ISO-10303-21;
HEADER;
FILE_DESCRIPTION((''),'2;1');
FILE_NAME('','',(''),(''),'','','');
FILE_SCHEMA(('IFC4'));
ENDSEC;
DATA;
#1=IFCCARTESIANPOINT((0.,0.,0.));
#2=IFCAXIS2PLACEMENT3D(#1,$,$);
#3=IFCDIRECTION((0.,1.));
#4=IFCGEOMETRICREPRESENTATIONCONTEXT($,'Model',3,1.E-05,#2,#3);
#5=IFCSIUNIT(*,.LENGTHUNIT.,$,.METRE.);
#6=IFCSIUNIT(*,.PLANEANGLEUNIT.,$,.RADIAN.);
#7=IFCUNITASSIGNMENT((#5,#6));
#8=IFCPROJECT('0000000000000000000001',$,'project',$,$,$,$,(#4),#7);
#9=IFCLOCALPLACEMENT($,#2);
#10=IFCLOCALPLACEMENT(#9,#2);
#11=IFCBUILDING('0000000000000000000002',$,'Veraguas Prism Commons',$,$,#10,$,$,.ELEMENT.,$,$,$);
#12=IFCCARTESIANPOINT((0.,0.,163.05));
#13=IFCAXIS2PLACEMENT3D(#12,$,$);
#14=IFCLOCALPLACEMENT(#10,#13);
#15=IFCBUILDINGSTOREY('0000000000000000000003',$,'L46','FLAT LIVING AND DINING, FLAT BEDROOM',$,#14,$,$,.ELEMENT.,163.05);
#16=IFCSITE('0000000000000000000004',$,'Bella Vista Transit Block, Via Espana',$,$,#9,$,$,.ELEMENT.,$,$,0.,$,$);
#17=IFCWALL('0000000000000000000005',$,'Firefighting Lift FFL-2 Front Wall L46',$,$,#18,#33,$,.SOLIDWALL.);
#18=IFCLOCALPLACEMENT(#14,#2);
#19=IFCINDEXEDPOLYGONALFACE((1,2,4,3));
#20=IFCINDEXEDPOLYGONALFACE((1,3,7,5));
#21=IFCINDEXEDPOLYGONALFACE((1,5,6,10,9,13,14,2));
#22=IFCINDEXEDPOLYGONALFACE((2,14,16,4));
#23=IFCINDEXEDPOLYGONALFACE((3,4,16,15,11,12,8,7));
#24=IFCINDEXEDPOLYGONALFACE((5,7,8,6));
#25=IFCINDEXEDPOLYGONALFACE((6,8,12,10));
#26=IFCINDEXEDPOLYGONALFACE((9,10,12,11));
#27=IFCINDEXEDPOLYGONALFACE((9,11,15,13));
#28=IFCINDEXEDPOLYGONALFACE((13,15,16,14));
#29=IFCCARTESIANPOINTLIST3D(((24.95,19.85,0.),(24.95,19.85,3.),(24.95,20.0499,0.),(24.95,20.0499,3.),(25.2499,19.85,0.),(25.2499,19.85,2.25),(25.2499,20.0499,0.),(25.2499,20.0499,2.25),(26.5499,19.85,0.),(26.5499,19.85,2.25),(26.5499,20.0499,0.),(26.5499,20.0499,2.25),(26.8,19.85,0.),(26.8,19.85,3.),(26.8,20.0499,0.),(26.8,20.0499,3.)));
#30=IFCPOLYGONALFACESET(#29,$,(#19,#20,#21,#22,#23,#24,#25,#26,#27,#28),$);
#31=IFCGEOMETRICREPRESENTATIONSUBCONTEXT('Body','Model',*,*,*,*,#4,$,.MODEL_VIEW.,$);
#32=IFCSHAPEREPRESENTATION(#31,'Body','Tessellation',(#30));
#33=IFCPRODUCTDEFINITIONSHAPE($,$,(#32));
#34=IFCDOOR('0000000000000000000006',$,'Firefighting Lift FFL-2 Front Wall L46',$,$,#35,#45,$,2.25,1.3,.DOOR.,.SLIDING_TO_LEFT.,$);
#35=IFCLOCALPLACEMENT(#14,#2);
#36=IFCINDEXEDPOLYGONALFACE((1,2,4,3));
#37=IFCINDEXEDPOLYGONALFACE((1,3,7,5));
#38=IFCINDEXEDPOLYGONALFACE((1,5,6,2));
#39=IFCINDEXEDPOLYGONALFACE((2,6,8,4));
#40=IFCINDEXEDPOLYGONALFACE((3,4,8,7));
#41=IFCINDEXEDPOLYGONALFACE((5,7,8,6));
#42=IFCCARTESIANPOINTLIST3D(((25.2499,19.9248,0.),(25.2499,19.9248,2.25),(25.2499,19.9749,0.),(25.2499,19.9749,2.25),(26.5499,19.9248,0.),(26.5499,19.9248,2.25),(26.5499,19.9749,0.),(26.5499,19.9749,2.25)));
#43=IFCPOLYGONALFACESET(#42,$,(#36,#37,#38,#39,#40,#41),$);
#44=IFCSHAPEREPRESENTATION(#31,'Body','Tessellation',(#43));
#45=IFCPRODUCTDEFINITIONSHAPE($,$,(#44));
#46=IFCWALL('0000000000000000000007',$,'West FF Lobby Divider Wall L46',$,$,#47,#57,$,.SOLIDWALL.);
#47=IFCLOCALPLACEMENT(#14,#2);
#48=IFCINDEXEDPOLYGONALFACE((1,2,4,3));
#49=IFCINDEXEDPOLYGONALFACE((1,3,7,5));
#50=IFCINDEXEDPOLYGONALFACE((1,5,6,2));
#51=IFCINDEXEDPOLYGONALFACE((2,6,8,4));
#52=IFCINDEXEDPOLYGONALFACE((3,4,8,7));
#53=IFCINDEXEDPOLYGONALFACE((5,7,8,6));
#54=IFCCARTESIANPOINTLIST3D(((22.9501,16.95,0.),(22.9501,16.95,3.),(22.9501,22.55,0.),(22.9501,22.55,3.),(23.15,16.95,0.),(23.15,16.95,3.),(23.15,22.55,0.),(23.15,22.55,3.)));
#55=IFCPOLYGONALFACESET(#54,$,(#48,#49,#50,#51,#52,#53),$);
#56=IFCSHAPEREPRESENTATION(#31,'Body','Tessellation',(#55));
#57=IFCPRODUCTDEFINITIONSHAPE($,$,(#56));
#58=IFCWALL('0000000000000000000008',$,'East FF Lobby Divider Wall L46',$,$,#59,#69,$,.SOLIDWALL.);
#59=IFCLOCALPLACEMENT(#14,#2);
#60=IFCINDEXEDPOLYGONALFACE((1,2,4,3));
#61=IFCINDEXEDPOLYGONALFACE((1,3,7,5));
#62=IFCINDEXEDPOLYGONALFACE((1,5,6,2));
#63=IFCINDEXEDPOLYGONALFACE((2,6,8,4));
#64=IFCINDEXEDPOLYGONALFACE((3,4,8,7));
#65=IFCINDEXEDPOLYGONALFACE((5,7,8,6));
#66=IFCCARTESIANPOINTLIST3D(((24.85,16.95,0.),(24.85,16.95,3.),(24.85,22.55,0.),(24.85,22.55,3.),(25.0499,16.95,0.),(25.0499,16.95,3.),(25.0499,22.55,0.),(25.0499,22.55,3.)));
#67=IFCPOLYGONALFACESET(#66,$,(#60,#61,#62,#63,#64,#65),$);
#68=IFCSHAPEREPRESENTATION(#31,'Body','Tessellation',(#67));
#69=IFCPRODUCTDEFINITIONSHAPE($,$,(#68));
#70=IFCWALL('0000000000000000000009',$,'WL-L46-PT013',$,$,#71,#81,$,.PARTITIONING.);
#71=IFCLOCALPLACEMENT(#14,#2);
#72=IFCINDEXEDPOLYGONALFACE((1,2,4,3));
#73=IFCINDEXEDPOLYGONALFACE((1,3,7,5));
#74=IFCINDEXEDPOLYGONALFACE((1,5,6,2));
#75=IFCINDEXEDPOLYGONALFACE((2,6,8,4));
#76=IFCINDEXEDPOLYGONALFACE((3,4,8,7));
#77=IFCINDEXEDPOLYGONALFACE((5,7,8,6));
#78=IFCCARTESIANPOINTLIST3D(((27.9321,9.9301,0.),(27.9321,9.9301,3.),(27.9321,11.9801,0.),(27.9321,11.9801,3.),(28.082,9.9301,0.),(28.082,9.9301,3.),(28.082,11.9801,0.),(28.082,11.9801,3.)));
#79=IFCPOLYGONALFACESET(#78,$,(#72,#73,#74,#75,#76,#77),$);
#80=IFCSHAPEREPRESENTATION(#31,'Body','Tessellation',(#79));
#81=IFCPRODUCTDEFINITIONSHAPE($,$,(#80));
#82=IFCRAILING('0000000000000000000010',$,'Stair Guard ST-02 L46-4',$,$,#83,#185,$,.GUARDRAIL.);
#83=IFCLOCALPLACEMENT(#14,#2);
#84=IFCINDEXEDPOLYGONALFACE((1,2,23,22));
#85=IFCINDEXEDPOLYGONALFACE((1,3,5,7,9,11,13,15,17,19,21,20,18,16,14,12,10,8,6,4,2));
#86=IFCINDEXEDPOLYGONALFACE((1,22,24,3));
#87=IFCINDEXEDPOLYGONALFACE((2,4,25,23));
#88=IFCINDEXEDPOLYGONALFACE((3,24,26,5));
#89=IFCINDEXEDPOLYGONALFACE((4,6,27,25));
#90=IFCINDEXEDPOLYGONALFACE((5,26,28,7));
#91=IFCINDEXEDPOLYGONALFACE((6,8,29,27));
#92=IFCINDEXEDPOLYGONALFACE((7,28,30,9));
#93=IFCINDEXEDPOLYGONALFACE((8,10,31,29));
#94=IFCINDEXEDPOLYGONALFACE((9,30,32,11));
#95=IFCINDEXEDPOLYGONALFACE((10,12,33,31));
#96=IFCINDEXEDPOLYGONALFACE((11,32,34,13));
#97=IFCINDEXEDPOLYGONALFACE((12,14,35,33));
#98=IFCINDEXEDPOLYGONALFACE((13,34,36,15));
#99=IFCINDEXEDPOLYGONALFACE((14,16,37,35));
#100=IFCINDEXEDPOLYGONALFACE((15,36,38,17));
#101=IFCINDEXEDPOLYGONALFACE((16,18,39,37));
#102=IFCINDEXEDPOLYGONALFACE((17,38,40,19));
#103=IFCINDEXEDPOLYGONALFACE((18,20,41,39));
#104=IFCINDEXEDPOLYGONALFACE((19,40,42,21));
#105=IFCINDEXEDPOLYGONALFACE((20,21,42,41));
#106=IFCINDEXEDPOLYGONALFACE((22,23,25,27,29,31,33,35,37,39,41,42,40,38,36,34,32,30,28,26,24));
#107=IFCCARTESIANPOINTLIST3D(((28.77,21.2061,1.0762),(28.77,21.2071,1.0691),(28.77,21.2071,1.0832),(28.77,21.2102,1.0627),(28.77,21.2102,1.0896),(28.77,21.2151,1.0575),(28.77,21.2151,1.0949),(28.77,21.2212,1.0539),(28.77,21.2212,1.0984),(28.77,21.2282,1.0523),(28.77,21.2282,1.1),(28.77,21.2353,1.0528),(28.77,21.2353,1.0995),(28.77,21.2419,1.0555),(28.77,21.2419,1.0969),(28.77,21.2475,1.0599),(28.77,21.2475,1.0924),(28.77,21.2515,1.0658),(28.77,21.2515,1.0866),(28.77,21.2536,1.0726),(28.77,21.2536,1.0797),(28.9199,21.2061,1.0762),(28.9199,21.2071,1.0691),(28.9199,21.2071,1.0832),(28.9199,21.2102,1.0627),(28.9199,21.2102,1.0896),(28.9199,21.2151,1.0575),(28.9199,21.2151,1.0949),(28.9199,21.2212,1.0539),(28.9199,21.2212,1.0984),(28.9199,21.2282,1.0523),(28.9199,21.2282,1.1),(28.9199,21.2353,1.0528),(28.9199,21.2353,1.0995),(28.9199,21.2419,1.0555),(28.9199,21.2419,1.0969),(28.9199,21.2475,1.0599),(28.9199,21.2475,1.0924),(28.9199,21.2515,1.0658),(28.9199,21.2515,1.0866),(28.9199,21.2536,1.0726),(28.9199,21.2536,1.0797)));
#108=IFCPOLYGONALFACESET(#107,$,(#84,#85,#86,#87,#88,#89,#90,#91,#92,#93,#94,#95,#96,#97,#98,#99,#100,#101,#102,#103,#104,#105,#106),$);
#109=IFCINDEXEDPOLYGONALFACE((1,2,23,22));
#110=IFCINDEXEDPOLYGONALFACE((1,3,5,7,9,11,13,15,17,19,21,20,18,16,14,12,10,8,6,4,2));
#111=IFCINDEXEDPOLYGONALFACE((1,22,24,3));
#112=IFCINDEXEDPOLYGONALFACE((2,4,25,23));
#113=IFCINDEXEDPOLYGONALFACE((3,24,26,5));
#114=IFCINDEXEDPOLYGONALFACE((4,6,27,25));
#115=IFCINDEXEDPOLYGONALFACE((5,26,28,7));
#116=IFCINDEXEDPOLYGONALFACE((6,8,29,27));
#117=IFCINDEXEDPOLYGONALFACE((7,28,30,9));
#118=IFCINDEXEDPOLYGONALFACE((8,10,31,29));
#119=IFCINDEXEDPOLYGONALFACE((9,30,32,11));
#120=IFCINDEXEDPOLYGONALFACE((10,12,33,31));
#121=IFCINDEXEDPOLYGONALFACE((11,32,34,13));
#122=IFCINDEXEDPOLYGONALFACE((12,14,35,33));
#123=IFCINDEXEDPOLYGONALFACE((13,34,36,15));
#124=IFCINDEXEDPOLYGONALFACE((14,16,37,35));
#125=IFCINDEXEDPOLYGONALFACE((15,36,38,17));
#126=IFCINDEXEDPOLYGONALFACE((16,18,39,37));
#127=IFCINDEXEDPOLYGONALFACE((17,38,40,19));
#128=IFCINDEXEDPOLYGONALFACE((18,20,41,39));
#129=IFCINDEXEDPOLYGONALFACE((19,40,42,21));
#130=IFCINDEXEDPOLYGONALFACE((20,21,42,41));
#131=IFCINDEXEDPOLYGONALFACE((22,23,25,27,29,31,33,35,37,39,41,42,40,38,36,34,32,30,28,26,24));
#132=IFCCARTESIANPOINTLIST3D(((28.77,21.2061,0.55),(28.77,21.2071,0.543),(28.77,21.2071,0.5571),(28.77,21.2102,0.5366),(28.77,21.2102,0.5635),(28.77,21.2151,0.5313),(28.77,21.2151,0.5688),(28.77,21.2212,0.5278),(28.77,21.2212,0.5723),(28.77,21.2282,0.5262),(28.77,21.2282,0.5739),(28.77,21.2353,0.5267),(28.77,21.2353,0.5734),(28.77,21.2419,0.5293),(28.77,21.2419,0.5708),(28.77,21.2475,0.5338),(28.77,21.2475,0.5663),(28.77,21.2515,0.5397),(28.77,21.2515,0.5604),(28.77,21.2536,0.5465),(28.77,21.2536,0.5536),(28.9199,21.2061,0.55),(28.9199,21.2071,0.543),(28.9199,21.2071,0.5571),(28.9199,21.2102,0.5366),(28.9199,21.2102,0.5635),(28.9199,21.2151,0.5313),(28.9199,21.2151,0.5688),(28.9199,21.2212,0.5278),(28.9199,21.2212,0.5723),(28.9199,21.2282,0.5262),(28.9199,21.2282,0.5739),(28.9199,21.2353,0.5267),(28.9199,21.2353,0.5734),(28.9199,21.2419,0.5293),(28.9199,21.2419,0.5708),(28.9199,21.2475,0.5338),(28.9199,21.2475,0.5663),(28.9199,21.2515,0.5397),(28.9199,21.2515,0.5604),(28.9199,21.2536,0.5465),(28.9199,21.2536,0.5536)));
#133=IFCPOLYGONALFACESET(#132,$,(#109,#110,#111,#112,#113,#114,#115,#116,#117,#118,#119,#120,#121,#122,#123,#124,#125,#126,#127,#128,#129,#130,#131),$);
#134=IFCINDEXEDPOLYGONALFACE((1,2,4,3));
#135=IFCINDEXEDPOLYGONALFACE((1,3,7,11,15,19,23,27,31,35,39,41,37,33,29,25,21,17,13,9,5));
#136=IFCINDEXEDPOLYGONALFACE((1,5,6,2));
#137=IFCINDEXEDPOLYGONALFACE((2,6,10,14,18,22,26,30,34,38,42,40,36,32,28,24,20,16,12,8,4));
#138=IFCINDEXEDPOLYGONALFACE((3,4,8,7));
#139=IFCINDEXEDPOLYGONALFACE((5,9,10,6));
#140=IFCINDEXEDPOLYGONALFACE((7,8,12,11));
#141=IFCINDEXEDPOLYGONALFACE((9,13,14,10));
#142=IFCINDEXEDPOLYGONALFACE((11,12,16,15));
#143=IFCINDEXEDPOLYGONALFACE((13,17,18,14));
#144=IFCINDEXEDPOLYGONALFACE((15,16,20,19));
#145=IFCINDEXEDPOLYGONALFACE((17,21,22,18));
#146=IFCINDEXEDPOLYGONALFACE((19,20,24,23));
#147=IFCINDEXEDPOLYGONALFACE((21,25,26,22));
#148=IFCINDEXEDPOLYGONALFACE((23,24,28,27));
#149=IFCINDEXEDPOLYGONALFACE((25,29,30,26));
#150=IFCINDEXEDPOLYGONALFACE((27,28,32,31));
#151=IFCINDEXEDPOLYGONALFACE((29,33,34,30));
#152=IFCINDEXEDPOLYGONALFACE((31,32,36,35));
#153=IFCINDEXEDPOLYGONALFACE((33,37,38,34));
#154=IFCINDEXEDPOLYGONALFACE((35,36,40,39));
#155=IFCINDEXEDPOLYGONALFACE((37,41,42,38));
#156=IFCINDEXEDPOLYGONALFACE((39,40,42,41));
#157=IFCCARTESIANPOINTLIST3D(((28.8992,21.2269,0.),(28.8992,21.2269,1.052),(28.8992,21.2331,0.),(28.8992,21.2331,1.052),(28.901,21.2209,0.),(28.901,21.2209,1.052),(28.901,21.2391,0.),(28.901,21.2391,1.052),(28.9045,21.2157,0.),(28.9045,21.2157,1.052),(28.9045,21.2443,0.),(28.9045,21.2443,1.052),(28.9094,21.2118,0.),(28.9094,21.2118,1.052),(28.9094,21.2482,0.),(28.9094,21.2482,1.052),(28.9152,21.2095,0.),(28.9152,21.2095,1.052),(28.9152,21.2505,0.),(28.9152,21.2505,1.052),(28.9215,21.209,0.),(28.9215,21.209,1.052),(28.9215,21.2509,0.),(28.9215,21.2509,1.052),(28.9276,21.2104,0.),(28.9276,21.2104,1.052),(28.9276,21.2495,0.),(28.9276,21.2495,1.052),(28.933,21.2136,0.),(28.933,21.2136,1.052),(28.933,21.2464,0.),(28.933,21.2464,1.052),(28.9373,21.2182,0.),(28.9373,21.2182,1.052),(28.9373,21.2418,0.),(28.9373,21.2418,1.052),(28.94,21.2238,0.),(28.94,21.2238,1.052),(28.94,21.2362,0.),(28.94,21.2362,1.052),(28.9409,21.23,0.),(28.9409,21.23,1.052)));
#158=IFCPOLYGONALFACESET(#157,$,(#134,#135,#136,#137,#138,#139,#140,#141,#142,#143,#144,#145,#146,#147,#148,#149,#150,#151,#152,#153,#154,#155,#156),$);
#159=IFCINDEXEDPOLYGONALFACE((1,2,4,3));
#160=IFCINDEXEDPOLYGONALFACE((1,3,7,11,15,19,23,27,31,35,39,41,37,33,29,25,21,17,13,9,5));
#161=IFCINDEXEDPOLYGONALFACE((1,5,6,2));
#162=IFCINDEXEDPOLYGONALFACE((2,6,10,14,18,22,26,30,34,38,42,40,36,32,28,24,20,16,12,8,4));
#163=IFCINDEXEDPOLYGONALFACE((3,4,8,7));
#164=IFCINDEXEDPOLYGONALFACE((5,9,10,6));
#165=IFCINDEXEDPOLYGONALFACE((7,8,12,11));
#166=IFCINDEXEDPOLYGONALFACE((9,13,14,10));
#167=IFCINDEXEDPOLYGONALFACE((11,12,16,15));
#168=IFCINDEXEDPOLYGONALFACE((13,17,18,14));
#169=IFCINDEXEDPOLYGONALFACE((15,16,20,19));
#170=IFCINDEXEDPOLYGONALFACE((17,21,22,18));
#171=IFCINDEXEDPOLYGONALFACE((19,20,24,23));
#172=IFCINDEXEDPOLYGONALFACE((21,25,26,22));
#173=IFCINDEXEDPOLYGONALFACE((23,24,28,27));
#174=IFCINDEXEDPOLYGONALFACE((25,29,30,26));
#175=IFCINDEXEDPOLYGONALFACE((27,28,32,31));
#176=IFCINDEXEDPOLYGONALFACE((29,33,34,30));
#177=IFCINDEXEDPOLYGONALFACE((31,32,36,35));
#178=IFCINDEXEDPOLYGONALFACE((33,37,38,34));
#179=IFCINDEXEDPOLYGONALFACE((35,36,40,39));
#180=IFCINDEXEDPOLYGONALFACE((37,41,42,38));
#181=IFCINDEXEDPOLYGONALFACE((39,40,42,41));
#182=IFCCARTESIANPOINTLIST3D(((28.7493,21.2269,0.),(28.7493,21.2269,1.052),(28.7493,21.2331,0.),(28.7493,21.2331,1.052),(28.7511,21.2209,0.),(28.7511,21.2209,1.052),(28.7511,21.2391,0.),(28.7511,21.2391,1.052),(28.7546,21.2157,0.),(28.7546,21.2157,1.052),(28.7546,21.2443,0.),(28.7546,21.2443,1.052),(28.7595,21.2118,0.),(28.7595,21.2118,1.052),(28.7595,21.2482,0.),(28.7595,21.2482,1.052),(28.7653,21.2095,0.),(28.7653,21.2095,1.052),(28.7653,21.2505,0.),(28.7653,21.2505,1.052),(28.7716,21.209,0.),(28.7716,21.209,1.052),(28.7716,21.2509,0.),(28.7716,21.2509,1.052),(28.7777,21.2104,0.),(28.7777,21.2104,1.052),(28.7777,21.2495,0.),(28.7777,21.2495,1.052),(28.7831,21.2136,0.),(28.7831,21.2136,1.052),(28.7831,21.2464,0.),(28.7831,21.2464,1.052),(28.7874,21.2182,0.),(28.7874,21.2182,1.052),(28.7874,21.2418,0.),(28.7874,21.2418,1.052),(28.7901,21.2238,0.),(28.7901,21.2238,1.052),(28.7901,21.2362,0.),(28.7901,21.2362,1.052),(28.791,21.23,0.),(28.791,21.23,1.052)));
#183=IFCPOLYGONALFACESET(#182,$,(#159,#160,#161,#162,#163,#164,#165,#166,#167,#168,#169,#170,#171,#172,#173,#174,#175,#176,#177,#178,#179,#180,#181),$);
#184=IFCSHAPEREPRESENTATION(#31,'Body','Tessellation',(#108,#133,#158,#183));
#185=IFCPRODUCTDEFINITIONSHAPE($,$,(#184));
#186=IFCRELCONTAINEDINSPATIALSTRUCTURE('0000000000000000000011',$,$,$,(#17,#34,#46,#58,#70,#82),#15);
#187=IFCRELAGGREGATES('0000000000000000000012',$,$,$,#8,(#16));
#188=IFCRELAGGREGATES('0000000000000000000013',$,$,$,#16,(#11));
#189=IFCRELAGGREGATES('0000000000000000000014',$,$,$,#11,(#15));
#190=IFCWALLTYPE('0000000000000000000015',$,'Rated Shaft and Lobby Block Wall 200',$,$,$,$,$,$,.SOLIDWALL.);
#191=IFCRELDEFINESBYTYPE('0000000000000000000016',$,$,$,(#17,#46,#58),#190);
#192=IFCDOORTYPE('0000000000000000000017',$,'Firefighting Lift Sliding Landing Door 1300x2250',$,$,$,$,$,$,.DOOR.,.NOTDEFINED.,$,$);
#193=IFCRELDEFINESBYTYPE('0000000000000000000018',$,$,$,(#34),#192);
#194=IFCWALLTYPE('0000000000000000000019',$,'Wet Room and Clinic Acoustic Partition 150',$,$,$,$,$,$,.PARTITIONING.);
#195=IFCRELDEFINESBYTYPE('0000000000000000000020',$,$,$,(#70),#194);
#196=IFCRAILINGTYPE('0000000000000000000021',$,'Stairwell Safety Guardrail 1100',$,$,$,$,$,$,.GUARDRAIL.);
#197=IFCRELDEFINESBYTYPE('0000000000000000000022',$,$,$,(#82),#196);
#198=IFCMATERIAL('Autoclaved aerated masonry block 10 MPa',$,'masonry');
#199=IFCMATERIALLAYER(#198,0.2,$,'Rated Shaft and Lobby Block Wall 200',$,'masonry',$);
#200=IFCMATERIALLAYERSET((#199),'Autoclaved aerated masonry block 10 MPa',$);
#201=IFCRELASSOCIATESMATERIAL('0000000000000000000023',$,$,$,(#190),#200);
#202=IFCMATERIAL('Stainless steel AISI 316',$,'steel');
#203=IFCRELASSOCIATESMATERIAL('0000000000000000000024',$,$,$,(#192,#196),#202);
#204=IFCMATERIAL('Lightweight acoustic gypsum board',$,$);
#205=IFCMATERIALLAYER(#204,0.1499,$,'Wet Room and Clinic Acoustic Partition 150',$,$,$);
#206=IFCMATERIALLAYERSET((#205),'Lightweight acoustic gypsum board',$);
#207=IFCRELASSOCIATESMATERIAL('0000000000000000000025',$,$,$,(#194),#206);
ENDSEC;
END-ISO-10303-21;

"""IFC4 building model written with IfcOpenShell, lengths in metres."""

from ifc_helpers import new_model, si_unit, direction, frame, frame_2d, origin, origin_2d, place, context, subcontext, project, spatial, rectangle, circle, extrude, source, transform, mapped, material, layer, layer_set, type_object, element, fill, save


model = new_model("IFC4")

# Units and contexts
model_context = context("Model", 3, precision=1e-05, world=origin(), true_north=direction((0.0, 1.0)))
body_context = subcontext(model_context, "Body", "Model", "MODEL_VIEW")
ifc_project = project(units=[si_unit("LENGTHUNIT", "METRE"), si_unit("PLANEANGLEUNIT", "RADIAN")], contexts=[model_context])

# Site, building, storey
site_placement = place(None, origin())
site = spatial("IfcSite", under=ifc_project, at=site_placement, Name="Bella Vista Transit Block, Via Espana", CompositionType="ELEMENT", RefElevation=0.0)
building_placement = place(site_placement, origin())
building = spatial("IfcBuilding", under=site, at=building_placement, Name="Veraguas Prism Commons", CompositionType="ELEMENT")
storey_placement = place(building_placement, frame((0.0, 0.0, 163.05)))
storey = spatial("IfcBuildingStorey", under=building, at=storey_placement, Name="L46", Description="FLAT LIVING AND DINING, FLAT BEDROOM", CompositionType="ELEMENT", Elevation=163.05)

# Shared definitions
ifc_material_1 = material(Name="Autoclaved aerated masonry block 10 MPa", Category="masonry")

# Wall, opening, door
ifc_layer_1 = layer(ifc_material_1, 0.2, Name="Rated Shaft and Lobby Block Wall 200", Category="masonry")
ifc_layer_set_1 = layer_set([ifc_layer_1], Name="Autoclaved aerated masonry block 10 MPa")
wall_type_1 = type_object("IfcWallType", Name="Rated Shaft and Lobby Block Wall 200", PredefinedType="SOLIDWALL", material=ifc_layer_set_1)
ifc_material_2 = material(Name="Stainless steel AISI 316", Category="steel")
door_type_1 = type_object("IfcDoorType", Name="Firefighting Lift Sliding Landing Door 1300x2250", OperationType="NOTDEFINED", PredefinedType="DOOR", material=ifc_material_2)
shared_shape_1 = source(origin(), body_context, "Body", "SweptSolid", [
    extrude(rectangle(XDim=1.3, YDim=2.25, at=frame_2d((0.6499, 1.125))), frame((0.0, 0.0249, 0.0), z_axis=(0.0, -1.0, 0.0), x_axis=(1.0, 0.0, 0.0)), (0.0, 0.0, 1.0), 0.05),
])
wall_1_placement = place(storey_placement, frame((24.95, 19.95, 0.0), z_axis=(0.0, 0.0, 1.0), x_axis=(1.0, 0.0, 0.0)))
wall_1 = element("IfcWall", 1, at=wall_1_placement, inside=storey, type_object=wall_type_1, Name="Firefighting Lift FFL-2 Front Wall L46", PredefinedType="SOLIDWALL", context=body_context, shape_type="SweptSolid", body=[
    extrude(rectangle(XDim=1.8501, YDim=0.2, at=frame_2d((0.925, 0.0))), origin(), (0.0, 0.0, 1.0), 3.0),
])
opening_1_placement = place(wall_1_placement, frame((0.3, 0.0, 0.0)))
opening_1 = element("IfcOpeningElement", 2, at=opening_1_placement, cuts=wall_1, PredefinedType="OPENING", context=body_context, shape_type="SweptSolid", body=[
    extrude(rectangle(XDim=1.3, YDim=2.25, at=frame_2d((0.6499, 1.125))), frame((0.0, 0.1099, 0.0), z_axis=(0.0, -1.0, 0.0), x_axis=(1.0, 0.0, 0.0)), (0.0, 0.0, 1.0), 0.22),
])
door_1_placement = place(opening_1_placement, origin())
door_1 = element("IfcDoor", 3, at=door_1_placement, inside=storey, type_object=door_type_1, Name="Firefighting Lift FFL-2 Front Wall L46", OperationType="SLIDING_TO_LEFT", OverallHeight=2.25, OverallWidth=1.3, PredefinedType="DOOR", context=body_context, shape_type="MappedRepresentation", body=[
    mapped(shared_shape_1, transform((0.0, 0.0, 0.0), scale=1.0)),
])
fill(opening_1, door_1)

# Walls
for number, where, z_axis, x_axis, name in (
    (4, (23.05, 16.95, 0.0), (0.0, 0.0, 1.0), (0.0, 1.0, 0.0), "West FF Lobby Divider Wall L46"),
    (5, (24.95, 16.95, 0.0), (0.0, 0.0, 1.0), (0.0, 1.0, 0.0), "East FF Lobby Divider Wall L46"),
):
    element("IfcWall", number, at=place(storey_placement, frame(where, z_axis=z_axis, x_axis=x_axis)), inside=storey, type_object=wall_type_1, Name=name, PredefinedType="SOLIDWALL", context=body_context, shape_type="SweptSolid", body=[
        extrude(rectangle(XDim=5.6001, YDim=0.2, at=frame_2d((2.8, 0.0))), origin(), (0.0, 0.0, 1.0), 3.0),
    ])
ifc_material_3 = material(Name="Lightweight acoustic gypsum board")
ifc_layer_2 = layer(ifc_material_3, 0.1499, Name="Wet Room and Clinic Acoustic Partition 150")
ifc_layer_set_2 = layer_set([ifc_layer_2], Name="Lightweight acoustic gypsum board")
wall_type_2 = type_object("IfcWallType", Name="Wet Room and Clinic Acoustic Partition 150", PredefinedType="PARTITIONING", material=ifc_layer_set_2)
wall_2_placement = place(storey_placement, frame((28.0071, 11.98, 0.0), z_axis=(0.0, 0.0, 1.0), x_axis=(0.0, -1.0, 0.0)))
element("IfcWall", 6, at=wall_2_placement, inside=storey, type_object=wall_type_2, Name="WL-L46-PT013", PredefinedType="PARTITIONING", context=body_context, shape_type="SweptSolid", body=[
    extrude(rectangle(XDim=2.05, YDim=0.1499, at=frame_2d((1.0249, 0.0))), origin(), (0.0, 0.0, 1.0), 3.0),
])

# Railing
railing_type = type_object("IfcRailingType", Name="Stairwell Safety Guardrail 1100", PredefinedType="GUARDRAIL", material=ifc_material_2)
railing_placement = place(storey_placement, frame((28.9199, 21.23, 0.0)))
element("IfcRailing", 7, at=railing_placement, inside=storey, type_object=railing_type, Name="Stair Guard ST-02 L46-4", PredefinedType="GUARDRAIL", context=body_context, shape_type="SweptSolid", body=[
    extrude(circle(Radius=0.0239, at=origin_2d()), frame((0.0, 0.0, 1.0762), z_axis=(-1.0, 0.0, 0.0), x_axis=(0.0, -1.0, 0.0)), (0.0, 0.0, 1.0), 0.1499),
    extrude(circle(Radius=0.0239, at=origin_2d()), frame((0.0, 0.0, 0.55), z_axis=(-1.0, 0.0, 0.0), x_axis=(0.0, -1.0, 0.0)), (0.0, 0.0, 1.0), 0.1499),
    extrude(circle(Radius=0.021, at=origin_2d()), origin(), (0.0, 0.0, 1.0), 1.052),
    extrude(circle(Radius=0.021, at=origin_2d()), frame((-0.1499, 0.0, 0.0)), (0.0, 0.0, 1.0), 1.052),
])

save(model, "model.ifc")
